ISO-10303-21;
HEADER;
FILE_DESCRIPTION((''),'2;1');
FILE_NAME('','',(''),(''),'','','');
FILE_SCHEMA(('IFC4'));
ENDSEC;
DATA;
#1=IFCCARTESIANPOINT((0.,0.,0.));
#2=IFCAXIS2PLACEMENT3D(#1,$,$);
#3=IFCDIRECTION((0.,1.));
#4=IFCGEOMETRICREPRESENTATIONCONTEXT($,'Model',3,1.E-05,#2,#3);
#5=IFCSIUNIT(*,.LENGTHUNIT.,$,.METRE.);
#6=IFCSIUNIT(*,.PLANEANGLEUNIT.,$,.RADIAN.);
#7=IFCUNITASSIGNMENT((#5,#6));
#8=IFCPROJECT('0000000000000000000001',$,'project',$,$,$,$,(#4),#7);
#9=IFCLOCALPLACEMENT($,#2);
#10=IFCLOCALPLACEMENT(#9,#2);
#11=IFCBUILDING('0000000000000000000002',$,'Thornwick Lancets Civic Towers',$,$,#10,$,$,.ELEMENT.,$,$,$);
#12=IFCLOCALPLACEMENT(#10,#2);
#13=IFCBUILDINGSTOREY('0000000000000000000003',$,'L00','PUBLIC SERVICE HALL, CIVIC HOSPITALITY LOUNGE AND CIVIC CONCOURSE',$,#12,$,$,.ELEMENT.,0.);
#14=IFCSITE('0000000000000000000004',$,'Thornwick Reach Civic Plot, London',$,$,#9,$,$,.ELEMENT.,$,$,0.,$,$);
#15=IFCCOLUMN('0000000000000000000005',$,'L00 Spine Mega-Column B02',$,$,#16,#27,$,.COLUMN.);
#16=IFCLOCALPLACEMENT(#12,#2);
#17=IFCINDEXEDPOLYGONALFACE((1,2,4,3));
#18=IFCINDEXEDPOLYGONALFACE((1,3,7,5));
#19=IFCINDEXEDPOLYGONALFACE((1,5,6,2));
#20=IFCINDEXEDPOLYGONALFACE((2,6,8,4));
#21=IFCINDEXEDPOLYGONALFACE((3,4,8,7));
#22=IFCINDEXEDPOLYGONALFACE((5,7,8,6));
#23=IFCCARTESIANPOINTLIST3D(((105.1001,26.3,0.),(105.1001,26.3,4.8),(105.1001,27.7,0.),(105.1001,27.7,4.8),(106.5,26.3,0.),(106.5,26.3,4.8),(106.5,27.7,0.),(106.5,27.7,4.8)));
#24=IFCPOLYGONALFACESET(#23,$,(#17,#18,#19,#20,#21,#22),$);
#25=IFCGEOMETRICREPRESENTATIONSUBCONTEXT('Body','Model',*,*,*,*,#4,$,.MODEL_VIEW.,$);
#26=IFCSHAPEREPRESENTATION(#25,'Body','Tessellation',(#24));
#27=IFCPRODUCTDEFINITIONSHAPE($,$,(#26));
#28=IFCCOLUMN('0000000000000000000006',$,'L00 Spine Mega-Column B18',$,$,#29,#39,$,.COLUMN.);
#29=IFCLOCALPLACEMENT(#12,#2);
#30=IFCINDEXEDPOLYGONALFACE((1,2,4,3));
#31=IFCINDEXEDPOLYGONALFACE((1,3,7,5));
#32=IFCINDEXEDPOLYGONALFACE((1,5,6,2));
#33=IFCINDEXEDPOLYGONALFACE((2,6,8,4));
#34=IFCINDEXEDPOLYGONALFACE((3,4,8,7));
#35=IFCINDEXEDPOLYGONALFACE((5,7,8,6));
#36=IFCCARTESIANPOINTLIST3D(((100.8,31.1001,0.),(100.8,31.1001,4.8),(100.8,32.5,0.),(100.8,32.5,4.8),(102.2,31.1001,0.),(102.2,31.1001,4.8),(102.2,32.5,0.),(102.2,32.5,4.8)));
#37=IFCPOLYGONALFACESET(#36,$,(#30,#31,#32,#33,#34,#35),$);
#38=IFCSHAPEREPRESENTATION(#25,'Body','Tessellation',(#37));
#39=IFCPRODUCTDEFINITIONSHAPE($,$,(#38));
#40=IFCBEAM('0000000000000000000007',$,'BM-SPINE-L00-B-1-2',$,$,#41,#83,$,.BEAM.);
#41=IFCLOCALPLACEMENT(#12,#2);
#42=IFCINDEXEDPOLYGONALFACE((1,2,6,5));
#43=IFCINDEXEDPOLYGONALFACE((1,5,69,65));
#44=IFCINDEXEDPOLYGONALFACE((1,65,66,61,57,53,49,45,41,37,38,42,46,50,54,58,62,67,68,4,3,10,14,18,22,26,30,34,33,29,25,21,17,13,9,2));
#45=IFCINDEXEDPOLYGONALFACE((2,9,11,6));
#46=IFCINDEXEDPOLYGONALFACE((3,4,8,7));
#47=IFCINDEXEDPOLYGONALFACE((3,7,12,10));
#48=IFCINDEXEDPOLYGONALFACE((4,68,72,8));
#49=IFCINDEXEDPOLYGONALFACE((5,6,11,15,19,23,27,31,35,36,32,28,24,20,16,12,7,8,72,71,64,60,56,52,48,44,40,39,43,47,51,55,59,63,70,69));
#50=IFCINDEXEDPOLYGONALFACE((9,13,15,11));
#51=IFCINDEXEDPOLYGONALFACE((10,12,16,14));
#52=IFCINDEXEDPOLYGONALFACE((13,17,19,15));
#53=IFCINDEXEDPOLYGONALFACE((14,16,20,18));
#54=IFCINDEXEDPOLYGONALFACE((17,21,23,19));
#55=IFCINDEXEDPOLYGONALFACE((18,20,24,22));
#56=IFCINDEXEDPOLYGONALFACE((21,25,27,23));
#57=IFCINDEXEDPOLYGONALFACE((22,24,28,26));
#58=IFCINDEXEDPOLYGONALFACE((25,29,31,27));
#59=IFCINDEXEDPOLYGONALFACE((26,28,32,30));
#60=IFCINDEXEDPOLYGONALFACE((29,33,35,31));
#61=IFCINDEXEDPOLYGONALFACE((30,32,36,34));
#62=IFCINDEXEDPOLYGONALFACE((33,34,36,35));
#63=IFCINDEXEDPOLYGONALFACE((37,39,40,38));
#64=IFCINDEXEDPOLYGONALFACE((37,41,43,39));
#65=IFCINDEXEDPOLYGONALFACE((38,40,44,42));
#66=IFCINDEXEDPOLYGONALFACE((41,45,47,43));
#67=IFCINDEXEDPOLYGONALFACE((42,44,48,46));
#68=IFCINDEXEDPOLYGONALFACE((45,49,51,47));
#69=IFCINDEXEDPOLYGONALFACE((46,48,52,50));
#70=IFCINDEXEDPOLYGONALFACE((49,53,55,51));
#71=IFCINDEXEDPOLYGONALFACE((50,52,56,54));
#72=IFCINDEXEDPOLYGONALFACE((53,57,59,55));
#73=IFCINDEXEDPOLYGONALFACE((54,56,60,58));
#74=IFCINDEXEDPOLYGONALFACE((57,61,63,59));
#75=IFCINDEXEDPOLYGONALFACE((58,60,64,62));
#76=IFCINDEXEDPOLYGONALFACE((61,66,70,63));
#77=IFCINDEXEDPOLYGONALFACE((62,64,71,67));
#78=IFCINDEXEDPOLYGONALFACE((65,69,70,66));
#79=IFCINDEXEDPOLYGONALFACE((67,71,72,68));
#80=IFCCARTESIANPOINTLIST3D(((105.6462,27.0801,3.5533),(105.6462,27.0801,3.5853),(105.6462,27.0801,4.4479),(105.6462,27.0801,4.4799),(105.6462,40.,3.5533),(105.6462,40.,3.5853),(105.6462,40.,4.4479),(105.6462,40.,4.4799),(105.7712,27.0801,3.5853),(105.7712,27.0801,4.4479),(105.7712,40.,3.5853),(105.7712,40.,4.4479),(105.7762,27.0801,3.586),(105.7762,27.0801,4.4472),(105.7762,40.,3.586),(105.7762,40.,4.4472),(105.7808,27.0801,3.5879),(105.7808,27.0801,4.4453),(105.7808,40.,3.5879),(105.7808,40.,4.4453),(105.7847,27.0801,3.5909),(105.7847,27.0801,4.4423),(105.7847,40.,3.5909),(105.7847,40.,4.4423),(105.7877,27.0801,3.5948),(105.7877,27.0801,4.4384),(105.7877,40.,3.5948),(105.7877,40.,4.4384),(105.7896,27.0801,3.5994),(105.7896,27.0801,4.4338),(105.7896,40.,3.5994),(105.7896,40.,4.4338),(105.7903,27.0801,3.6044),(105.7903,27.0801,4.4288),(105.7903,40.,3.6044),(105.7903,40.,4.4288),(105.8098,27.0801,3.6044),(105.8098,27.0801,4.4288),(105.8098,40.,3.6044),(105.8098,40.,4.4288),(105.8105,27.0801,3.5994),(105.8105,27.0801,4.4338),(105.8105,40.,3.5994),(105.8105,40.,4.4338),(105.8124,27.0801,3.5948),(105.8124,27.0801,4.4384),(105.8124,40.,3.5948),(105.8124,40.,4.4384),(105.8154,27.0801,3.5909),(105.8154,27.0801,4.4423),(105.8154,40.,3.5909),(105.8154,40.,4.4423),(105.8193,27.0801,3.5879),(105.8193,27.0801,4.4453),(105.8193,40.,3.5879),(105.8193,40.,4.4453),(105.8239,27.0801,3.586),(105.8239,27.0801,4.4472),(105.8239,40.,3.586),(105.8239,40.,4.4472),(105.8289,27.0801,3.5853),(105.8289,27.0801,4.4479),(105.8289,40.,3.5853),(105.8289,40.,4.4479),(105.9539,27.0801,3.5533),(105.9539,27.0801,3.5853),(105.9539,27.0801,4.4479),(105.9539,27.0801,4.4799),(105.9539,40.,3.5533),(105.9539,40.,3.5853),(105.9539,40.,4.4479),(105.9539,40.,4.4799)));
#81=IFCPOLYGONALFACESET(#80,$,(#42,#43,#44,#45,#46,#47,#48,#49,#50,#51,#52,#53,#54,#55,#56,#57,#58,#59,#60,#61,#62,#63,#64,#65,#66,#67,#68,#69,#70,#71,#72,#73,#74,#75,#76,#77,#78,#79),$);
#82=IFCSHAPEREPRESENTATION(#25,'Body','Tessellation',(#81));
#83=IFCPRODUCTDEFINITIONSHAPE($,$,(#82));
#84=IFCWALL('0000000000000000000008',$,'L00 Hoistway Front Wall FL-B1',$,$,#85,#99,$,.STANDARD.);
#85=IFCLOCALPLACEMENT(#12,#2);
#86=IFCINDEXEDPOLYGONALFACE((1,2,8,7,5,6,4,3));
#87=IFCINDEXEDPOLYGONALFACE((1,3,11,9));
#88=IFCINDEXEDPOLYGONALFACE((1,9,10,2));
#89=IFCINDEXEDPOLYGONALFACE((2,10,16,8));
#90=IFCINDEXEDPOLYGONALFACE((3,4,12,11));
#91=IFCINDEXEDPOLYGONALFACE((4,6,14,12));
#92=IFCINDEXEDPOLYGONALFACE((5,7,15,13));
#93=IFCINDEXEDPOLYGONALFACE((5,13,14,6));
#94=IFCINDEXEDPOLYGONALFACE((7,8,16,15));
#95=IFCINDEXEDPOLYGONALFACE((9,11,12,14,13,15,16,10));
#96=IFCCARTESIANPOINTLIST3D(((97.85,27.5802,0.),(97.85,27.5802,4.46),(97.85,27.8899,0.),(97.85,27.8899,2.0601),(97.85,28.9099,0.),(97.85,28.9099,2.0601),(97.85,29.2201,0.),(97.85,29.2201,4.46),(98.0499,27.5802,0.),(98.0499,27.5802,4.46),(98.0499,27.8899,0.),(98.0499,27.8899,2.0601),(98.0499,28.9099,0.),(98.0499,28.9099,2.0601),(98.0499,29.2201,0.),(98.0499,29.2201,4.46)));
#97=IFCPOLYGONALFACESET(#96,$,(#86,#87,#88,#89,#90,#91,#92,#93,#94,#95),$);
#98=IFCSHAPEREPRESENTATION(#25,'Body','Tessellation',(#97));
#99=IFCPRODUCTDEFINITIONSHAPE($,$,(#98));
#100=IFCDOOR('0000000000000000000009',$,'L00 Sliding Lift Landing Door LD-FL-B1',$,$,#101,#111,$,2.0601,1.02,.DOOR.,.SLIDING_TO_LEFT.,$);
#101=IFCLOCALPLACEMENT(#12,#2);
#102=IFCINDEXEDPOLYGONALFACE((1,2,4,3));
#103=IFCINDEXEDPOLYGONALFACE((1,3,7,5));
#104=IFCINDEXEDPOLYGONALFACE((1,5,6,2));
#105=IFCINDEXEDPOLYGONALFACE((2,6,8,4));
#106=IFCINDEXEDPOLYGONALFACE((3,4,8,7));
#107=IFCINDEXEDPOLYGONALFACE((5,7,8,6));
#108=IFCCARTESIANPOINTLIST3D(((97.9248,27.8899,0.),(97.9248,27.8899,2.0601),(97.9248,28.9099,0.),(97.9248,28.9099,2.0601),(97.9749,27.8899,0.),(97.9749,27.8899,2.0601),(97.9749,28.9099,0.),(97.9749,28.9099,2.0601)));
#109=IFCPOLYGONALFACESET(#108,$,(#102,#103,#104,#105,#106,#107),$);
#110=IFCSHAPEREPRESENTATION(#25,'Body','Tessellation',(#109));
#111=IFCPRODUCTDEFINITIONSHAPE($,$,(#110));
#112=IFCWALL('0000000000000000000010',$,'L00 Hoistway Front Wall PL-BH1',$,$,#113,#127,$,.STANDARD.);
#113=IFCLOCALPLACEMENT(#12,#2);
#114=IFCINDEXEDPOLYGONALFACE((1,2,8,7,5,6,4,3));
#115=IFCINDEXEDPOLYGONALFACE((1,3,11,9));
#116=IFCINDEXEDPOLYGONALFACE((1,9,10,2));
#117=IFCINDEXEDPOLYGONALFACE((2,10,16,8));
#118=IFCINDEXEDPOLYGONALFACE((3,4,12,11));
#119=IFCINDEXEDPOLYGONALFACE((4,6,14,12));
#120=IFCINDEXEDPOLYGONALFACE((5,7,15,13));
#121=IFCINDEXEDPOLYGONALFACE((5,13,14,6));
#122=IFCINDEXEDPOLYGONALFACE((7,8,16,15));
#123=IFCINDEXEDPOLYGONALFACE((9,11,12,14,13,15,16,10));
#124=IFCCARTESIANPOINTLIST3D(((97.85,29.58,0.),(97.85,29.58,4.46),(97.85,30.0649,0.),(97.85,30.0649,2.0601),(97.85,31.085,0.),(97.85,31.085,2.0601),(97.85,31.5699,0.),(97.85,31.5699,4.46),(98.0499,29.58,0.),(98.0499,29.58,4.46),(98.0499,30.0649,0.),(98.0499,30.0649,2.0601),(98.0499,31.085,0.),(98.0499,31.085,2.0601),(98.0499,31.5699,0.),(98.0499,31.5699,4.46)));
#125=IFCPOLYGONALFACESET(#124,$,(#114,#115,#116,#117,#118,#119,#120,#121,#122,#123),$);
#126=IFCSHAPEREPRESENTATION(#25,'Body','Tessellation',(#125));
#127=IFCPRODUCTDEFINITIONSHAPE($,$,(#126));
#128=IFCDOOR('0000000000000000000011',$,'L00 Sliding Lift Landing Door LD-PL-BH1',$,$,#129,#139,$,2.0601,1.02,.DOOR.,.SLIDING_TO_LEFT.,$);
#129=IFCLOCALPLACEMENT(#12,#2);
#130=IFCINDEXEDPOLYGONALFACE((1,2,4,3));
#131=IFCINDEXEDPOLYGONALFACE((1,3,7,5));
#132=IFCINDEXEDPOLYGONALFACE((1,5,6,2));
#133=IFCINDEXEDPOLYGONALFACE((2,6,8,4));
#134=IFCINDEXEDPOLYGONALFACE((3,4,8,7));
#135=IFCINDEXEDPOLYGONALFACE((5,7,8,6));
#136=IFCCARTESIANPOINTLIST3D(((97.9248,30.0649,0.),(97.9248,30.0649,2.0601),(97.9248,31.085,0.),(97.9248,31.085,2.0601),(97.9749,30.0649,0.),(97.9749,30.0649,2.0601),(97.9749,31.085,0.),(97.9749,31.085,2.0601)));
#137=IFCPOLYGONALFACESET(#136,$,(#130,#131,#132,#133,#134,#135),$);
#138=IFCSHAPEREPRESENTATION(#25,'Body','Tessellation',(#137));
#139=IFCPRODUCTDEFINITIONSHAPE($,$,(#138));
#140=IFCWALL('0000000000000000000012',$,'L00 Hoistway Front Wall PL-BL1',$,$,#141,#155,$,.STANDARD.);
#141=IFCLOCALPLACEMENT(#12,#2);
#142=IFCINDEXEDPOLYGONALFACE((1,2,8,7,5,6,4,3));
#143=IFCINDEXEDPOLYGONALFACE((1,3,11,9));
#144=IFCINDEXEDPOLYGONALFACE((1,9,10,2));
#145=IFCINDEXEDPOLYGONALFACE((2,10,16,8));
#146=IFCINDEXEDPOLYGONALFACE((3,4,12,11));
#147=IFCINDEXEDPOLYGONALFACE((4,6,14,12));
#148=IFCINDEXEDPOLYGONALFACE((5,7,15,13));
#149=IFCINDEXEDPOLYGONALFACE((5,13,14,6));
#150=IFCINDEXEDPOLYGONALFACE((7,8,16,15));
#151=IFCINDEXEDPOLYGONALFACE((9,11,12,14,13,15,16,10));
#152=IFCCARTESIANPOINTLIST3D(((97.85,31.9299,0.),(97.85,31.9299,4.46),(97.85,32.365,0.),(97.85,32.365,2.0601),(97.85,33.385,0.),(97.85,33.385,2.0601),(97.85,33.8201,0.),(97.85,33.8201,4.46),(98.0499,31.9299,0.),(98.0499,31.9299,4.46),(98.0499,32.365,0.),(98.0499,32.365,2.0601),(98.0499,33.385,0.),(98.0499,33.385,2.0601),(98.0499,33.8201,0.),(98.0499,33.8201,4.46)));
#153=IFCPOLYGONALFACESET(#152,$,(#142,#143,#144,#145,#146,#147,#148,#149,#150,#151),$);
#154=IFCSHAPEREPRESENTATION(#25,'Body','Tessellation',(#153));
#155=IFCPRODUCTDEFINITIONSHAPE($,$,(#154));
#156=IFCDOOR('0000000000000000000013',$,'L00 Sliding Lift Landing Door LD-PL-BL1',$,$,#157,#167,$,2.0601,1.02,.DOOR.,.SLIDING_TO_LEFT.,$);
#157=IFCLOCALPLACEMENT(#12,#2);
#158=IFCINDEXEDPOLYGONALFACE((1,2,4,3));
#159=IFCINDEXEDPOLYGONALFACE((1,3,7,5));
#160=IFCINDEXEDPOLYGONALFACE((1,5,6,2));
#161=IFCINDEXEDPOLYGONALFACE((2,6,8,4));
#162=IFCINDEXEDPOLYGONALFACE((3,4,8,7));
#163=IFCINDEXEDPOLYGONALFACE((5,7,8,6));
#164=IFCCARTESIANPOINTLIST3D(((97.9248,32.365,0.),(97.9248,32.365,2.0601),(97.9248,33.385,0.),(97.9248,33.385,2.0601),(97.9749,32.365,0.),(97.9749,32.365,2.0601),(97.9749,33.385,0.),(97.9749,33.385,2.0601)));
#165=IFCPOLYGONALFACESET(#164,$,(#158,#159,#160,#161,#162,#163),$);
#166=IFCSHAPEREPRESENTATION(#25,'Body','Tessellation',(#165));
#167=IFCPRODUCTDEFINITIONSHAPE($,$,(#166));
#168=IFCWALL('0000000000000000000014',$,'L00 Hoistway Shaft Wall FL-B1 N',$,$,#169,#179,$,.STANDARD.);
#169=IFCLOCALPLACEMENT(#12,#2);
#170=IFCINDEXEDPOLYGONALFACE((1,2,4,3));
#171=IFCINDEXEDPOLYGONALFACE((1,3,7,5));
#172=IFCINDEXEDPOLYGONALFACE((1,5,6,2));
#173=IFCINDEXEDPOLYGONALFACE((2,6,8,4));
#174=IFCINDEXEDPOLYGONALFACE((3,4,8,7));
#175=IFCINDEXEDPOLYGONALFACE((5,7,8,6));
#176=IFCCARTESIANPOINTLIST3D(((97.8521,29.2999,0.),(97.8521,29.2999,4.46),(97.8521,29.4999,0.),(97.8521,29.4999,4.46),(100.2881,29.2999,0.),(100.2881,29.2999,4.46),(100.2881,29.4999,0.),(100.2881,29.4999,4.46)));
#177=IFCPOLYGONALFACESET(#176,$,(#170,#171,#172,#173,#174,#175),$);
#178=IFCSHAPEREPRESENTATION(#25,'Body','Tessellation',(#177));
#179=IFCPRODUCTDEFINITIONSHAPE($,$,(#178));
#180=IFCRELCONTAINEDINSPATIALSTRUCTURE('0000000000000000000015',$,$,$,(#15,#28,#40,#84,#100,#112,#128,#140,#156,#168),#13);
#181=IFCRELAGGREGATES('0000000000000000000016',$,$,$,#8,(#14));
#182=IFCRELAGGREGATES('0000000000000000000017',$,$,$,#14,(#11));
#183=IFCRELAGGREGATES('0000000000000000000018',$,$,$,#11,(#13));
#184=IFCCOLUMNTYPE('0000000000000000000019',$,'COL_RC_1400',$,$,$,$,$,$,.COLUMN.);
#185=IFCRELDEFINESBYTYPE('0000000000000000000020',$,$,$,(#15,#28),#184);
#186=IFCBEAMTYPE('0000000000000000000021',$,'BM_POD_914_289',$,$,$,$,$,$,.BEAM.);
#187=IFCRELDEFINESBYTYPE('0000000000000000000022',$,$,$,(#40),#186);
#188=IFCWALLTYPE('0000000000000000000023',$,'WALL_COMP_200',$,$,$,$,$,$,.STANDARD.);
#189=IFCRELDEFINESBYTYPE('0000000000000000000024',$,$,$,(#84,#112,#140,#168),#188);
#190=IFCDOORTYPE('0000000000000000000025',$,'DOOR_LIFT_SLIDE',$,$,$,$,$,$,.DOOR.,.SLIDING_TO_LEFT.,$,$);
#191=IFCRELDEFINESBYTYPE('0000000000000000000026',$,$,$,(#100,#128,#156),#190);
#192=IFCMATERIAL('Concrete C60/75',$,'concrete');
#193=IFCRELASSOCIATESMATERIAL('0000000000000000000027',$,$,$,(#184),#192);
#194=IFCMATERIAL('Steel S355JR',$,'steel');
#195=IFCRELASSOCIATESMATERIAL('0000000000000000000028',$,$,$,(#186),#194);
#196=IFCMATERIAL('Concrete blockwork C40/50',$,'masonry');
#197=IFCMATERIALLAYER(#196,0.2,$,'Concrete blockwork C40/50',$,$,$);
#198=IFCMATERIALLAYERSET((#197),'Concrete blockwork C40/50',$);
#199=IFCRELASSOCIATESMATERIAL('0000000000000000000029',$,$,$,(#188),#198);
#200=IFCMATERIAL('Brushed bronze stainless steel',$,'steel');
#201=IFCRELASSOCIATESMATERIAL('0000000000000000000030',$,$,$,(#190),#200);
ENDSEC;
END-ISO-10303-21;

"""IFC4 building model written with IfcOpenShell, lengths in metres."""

from ifc_helpers import new_model, si_unit, direction, frame, frame_2d, origin, origin_2d, place, context, subcontext, project, spatial, rectangle, i_section, extrude, material, layer, layer_set, material_profile, profile_set, type_object, element, fill, save


model = new_model("IFC4")

# Units and contexts
model_context = context("Model", 3, precision=1e-05, world=origin(), true_north=direction((0.0, 1.0)))
body_context = subcontext(model_context, "Body", "Model", "MODEL_VIEW")
ifc_project = project(units=[si_unit("LENGTHUNIT", "METRE"), si_unit("PLANEANGLEUNIT", "RADIAN")], contexts=[model_context])

# Site, building, storey
site_placement = place(None, origin())
site = spatial("IfcSite", under=ifc_project, at=site_placement, Name="Thornwick Reach Civic Plot, London", CompositionType="ELEMENT", RefElevation=0.0)
building_placement = place(site_placement, origin())
building = spatial("IfcBuilding", under=site, at=building_placement, Name="Thornwick Lancets Civic Towers", CompositionType="ELEMENT")
storey_placement = place(building_placement, origin())
storey = spatial("IfcBuildingStorey", under=building, at=storey_placement, Name="L00", Description="PUBLIC SERVICE HALL, CIVIC HOSPITALITY LOUNGE AND CIVIC CONCOURSE", CompositionType="ELEMENT", Elevation=0.0)

# Columns
ifc_material_1 = material(Name="Concrete C60/75", Category="concrete")
ifc_material_profile_1 = material_profile(ifc_material_1, rectangle(XDim=1.3999, YDim=1.3999, at=origin_2d()), Name="RC 1400x1400")
ifc_profile_set_1 = profile_set([ifc_material_profile_1], Name="Concrete C60/75")
column_type = type_object("IfcColumnType", Name="COL_RC_1400", PredefinedType="COLUMN", material=ifc_profile_set_1)
for number, where, z_axis, x_axis, name in (
    (1, (105.8, 27.0, 0.0), (0.0, 0.0, 1.0), (1.0, 0.0, 0.0), "L00 Spine Mega-Column B02"),
    (2, (101.5, 31.8, 0.0), (0.0, 0.0, 1.0), (1.0, 0.0, 0.0), "L00 Spine Mega-Column B18"),
):
    element("IfcColumn", number, at=place(storey_placement, frame(where, z_axis=z_axis, x_axis=x_axis)), inside=storey, type_object=column_type, Name=name, PredefinedType="COLUMN", context=body_context, shape_type="SweptSolid", body=[
        extrude(rectangle(XDim=1.3999, YDim=1.3999, at=origin_2d()), origin(), (0.0, 0.0, 1.0), 4.8),
    ])

# Beam
ifc_material_2 = material(Name="Steel S355JR", Category="steel")
ifc_material_profile_2 = material_profile(ifc_material_2, i_section(OverallWidth=0.3076, OverallDepth=0.9265, WebThickness=0.0195, FlangeThickness=0.032, FilletRadius=0.019, at=origin_2d()), Name="UKB 914x305x289")
ifc_profile_set_2 = profile_set([ifc_material_profile_2], Name="Steel S355JR")
beam_type = type_object("IfcBeamType", Name="BM_POD_914_289", PredefinedType="BEAM", material=ifc_profile_set_2)
beam_placement = place(storey_placement, frame((105.8, 27.0801, 4.0166), z_axis=(0.0, 1.0, 0.0), x_axis=(-1.0, 0.0, 0.0)))
element("IfcBeam", 3, at=beam_placement, inside=storey, type_object=beam_type, Name="BM-SPINE-L00-B-1-2", PredefinedType="BEAM", context=body_context, shape_type="SweptSolid", body=[
    extrude(i_section(OverallWidth=0.3076, OverallDepth=0.9265, WebThickness=0.0195, FlangeThickness=0.032, FilletRadius=0.019, at=origin_2d()), origin(), (0.0, 0.0, 1.0), 12.9199),
])

# Walls, openings, doors
ifc_material_3 = material(Name="Concrete blockwork C40/50", Category="masonry")
ifc_layer_1 = layer(ifc_material_3, 0.2, Name="Concrete blockwork C40/50")
ifc_layer_set_1 = layer_set([ifc_layer_1], Name="Concrete blockwork C40/50")
wall_type_1 = type_object("IfcWallType", Name="WALL_COMP_200", PredefinedType="STANDARD", material=ifc_layer_set_1)
wall_1_placement = place(storey_placement, frame((97.95, 29.22, 0.0), z_axis=(0.0, 0.0, 1.0), x_axis=(0.0, -1.0, 0.0)))
wall_1 = element("IfcWall", 4, at=wall_1_placement, inside=storey, type_object=wall_type_1, Name="L00 Hoistway Front Wall FL-B1", PredefinedType="STANDARD", context=body_context, shape_type="SweptSolid", body=[
    extrude(rectangle(XDim=1.6399, YDim=0.2, at=frame_2d((0.8198, 0.0))), origin(), (0.0, 0.0, 1.0), 4.46),
])
opening_1_placement = place(wall_1_placement, frame((0.3101, 0.0, 0.0)))
opening_1 = element("IfcOpeningElement", 5, at=opening_1_placement, cuts=wall_1, PredefinedType="OPENING", context=body_context, shape_type="SweptSolid", body=[
    extrude(rectangle(XDim=1.02, YDim=2.0601, at=frame_2d((0.51, 1.03))), frame((0.0, 0.1099, 0.0), z_axis=(0.0, -1.0, 0.0), x_axis=(1.0, 0.0, 0.0)), (0.0, 0.0, 1.0), 0.22),
])
ifc_material_4 = material(Name="Brushed bronze stainless steel", Category="steel")
door_type = type_object("IfcDoorType", Name="DOOR_LIFT_SLIDE", OperationType="SLIDING_TO_LEFT", PredefinedType="DOOR", material=ifc_material_4)
door_1_placement = place(opening_1_placement, origin())
door_1 = element("IfcDoor", 6, at=door_1_placement, inside=storey, type_object=door_type, Name="L00 Sliding Lift Landing Door LD-FL-B1", OperationType="SLIDING_TO_LEFT", OverallHeight=2.0601, OverallWidth=1.02, PredefinedType="DOOR", context=body_context, shape_type="SweptSolid", body=[
    extrude(rectangle(XDim=1.02, YDim=2.0601, at=frame_2d((0.51, 1.03))), frame((0.0, 0.0249, 0.0), z_axis=(0.0, -1.0, 0.0), x_axis=(1.0, 0.0, 0.0)), (0.0, 0.0, 1.0), 0.05),
])
fill(opening_1, door_1)
wall_2_placement = place(storey_placement, frame((97.95, 31.5701, 0.0), z_axis=(0.0, 0.0, 1.0), x_axis=(0.0, -1.0, 0.0)))
wall_2 = element("IfcWall", 7, at=wall_2_placement, inside=storey, type_object=wall_type_1, Name="L00 Hoistway Front Wall PL-BH1", PredefinedType="STANDARD", context=body_context, shape_type="SweptSolid", body=[
    extrude(rectangle(XDim=1.99, YDim=0.2, at=frame_2d((0.9951, 0.0))), origin(), (0.0, 0.0, 1.0), 4.46),
])
opening_2_placement = place(wall_2_placement, frame((0.4851, 0.0, 0.0)))
opening_2 = element("IfcOpeningElement", 8, at=opening_2_placement, cuts=wall_2, PredefinedType="OPENING", context=body_context, shape_type="SweptSolid", body=[
    extrude(rectangle(XDim=1.02, YDim=2.0601, at=frame_2d((0.51, 1.03))), frame((0.0, 0.1099, 0.0), z_axis=(0.0, -1.0, 0.0), x_axis=(1.0, 0.0, 0.0)), (0.0, 0.0, 1.0), 0.22),
])
door_2_placement = place(opening_2_placement, origin())
door_2 = element("IfcDoor", 9, at=door_2_placement, inside=storey, type_object=door_type, Name="L00 Sliding Lift Landing Door LD-PL-BH1", OperationType="SLIDING_TO_LEFT", OverallHeight=2.0601, OverallWidth=1.02, PredefinedType="DOOR", context=body_context, shape_type="SweptSolid", body=[
    extrude(rectangle(XDim=1.02, YDim=2.0601, at=frame_2d((0.51, 1.03))), frame((0.0, 0.0249, 0.0), z_axis=(0.0, -1.0, 0.0), x_axis=(1.0, 0.0, 0.0)), (0.0, 0.0, 1.0), 0.05),
])
fill(opening_2, door_2)
wall_3_placement = place(storey_placement, frame((97.95, 33.8201, 0.0), z_axis=(0.0, 0.0, 1.0), x_axis=(0.0, -1.0, 0.0)))
wall_3 = element("IfcWall", 10, at=wall_3_placement, inside=storey, type_object=wall_type_1, Name="L00 Hoistway Front Wall PL-BL1", PredefinedType="STANDARD", context=body_context, shape_type="SweptSolid", body=[
    extrude(rectangle(XDim=1.8901, YDim=0.2, at=frame_2d((0.9451, 0.0))), origin(), (0.0, 0.0, 1.0), 4.46),
])
opening_3_placement = place(wall_3_placement, frame((0.4351, 0.0, 0.0)))
opening_3 = element("IfcOpeningElement", 11, at=opening_3_placement, cuts=wall_3, PredefinedType="OPENING", context=body_context, shape_type="SweptSolid", body=[
    extrude(rectangle(XDim=1.02, YDim=2.0601, at=frame_2d((0.51, 1.03))), frame((0.0, 0.1099, 0.0), z_axis=(0.0, -1.0, 0.0), x_axis=(1.0, 0.0, 0.0)), (0.0, 0.0, 1.0), 0.22),
])
door_3_placement = place(opening_3_placement, origin())
door_3 = element("IfcDoor", 12, at=door_3_placement, inside=storey, type_object=door_type, Name="L00 Sliding Lift Landing Door LD-PL-BL1", OperationType="SLIDING_TO_LEFT", OverallHeight=2.0601, OverallWidth=1.02, PredefinedType="DOOR", context=body_context, shape_type="SweptSolid", body=[
    extrude(rectangle(XDim=1.02, YDim=2.0601, at=frame_2d((0.51, 1.03))), frame((0.0, 0.0249, 0.0), z_axis=(0.0, -1.0, 0.0), x_axis=(1.0, 0.0, 0.0)), (0.0, 0.0, 1.0), 0.05),
])
fill(opening_3, door_3)

# Wall
for number, where, z_axis, x_axis, name in (
    (13, (97.8521, 29.3999, 0.0), (0.0, 0.0, 1.0), (1.0, 0.0, 0.0), "L00 Hoistway Shaft Wall FL-B1 N"),
):
    element("IfcWall", number, at=place(storey_placement, frame(where, z_axis=z_axis, x_axis=x_axis)), inside=storey, type_object=wall_type_1, Name=name, PredefinedType="STANDARD", context=body_context, shape_type="SweptSolid", body=[
        extrude(rectangle(XDim=2.436, YDim=0.2, at=frame_2d((1.218, 0.0))), origin(), (0.0, 0.0, 1.0), 4.46),
    ])

save(model, "model.ifc")
